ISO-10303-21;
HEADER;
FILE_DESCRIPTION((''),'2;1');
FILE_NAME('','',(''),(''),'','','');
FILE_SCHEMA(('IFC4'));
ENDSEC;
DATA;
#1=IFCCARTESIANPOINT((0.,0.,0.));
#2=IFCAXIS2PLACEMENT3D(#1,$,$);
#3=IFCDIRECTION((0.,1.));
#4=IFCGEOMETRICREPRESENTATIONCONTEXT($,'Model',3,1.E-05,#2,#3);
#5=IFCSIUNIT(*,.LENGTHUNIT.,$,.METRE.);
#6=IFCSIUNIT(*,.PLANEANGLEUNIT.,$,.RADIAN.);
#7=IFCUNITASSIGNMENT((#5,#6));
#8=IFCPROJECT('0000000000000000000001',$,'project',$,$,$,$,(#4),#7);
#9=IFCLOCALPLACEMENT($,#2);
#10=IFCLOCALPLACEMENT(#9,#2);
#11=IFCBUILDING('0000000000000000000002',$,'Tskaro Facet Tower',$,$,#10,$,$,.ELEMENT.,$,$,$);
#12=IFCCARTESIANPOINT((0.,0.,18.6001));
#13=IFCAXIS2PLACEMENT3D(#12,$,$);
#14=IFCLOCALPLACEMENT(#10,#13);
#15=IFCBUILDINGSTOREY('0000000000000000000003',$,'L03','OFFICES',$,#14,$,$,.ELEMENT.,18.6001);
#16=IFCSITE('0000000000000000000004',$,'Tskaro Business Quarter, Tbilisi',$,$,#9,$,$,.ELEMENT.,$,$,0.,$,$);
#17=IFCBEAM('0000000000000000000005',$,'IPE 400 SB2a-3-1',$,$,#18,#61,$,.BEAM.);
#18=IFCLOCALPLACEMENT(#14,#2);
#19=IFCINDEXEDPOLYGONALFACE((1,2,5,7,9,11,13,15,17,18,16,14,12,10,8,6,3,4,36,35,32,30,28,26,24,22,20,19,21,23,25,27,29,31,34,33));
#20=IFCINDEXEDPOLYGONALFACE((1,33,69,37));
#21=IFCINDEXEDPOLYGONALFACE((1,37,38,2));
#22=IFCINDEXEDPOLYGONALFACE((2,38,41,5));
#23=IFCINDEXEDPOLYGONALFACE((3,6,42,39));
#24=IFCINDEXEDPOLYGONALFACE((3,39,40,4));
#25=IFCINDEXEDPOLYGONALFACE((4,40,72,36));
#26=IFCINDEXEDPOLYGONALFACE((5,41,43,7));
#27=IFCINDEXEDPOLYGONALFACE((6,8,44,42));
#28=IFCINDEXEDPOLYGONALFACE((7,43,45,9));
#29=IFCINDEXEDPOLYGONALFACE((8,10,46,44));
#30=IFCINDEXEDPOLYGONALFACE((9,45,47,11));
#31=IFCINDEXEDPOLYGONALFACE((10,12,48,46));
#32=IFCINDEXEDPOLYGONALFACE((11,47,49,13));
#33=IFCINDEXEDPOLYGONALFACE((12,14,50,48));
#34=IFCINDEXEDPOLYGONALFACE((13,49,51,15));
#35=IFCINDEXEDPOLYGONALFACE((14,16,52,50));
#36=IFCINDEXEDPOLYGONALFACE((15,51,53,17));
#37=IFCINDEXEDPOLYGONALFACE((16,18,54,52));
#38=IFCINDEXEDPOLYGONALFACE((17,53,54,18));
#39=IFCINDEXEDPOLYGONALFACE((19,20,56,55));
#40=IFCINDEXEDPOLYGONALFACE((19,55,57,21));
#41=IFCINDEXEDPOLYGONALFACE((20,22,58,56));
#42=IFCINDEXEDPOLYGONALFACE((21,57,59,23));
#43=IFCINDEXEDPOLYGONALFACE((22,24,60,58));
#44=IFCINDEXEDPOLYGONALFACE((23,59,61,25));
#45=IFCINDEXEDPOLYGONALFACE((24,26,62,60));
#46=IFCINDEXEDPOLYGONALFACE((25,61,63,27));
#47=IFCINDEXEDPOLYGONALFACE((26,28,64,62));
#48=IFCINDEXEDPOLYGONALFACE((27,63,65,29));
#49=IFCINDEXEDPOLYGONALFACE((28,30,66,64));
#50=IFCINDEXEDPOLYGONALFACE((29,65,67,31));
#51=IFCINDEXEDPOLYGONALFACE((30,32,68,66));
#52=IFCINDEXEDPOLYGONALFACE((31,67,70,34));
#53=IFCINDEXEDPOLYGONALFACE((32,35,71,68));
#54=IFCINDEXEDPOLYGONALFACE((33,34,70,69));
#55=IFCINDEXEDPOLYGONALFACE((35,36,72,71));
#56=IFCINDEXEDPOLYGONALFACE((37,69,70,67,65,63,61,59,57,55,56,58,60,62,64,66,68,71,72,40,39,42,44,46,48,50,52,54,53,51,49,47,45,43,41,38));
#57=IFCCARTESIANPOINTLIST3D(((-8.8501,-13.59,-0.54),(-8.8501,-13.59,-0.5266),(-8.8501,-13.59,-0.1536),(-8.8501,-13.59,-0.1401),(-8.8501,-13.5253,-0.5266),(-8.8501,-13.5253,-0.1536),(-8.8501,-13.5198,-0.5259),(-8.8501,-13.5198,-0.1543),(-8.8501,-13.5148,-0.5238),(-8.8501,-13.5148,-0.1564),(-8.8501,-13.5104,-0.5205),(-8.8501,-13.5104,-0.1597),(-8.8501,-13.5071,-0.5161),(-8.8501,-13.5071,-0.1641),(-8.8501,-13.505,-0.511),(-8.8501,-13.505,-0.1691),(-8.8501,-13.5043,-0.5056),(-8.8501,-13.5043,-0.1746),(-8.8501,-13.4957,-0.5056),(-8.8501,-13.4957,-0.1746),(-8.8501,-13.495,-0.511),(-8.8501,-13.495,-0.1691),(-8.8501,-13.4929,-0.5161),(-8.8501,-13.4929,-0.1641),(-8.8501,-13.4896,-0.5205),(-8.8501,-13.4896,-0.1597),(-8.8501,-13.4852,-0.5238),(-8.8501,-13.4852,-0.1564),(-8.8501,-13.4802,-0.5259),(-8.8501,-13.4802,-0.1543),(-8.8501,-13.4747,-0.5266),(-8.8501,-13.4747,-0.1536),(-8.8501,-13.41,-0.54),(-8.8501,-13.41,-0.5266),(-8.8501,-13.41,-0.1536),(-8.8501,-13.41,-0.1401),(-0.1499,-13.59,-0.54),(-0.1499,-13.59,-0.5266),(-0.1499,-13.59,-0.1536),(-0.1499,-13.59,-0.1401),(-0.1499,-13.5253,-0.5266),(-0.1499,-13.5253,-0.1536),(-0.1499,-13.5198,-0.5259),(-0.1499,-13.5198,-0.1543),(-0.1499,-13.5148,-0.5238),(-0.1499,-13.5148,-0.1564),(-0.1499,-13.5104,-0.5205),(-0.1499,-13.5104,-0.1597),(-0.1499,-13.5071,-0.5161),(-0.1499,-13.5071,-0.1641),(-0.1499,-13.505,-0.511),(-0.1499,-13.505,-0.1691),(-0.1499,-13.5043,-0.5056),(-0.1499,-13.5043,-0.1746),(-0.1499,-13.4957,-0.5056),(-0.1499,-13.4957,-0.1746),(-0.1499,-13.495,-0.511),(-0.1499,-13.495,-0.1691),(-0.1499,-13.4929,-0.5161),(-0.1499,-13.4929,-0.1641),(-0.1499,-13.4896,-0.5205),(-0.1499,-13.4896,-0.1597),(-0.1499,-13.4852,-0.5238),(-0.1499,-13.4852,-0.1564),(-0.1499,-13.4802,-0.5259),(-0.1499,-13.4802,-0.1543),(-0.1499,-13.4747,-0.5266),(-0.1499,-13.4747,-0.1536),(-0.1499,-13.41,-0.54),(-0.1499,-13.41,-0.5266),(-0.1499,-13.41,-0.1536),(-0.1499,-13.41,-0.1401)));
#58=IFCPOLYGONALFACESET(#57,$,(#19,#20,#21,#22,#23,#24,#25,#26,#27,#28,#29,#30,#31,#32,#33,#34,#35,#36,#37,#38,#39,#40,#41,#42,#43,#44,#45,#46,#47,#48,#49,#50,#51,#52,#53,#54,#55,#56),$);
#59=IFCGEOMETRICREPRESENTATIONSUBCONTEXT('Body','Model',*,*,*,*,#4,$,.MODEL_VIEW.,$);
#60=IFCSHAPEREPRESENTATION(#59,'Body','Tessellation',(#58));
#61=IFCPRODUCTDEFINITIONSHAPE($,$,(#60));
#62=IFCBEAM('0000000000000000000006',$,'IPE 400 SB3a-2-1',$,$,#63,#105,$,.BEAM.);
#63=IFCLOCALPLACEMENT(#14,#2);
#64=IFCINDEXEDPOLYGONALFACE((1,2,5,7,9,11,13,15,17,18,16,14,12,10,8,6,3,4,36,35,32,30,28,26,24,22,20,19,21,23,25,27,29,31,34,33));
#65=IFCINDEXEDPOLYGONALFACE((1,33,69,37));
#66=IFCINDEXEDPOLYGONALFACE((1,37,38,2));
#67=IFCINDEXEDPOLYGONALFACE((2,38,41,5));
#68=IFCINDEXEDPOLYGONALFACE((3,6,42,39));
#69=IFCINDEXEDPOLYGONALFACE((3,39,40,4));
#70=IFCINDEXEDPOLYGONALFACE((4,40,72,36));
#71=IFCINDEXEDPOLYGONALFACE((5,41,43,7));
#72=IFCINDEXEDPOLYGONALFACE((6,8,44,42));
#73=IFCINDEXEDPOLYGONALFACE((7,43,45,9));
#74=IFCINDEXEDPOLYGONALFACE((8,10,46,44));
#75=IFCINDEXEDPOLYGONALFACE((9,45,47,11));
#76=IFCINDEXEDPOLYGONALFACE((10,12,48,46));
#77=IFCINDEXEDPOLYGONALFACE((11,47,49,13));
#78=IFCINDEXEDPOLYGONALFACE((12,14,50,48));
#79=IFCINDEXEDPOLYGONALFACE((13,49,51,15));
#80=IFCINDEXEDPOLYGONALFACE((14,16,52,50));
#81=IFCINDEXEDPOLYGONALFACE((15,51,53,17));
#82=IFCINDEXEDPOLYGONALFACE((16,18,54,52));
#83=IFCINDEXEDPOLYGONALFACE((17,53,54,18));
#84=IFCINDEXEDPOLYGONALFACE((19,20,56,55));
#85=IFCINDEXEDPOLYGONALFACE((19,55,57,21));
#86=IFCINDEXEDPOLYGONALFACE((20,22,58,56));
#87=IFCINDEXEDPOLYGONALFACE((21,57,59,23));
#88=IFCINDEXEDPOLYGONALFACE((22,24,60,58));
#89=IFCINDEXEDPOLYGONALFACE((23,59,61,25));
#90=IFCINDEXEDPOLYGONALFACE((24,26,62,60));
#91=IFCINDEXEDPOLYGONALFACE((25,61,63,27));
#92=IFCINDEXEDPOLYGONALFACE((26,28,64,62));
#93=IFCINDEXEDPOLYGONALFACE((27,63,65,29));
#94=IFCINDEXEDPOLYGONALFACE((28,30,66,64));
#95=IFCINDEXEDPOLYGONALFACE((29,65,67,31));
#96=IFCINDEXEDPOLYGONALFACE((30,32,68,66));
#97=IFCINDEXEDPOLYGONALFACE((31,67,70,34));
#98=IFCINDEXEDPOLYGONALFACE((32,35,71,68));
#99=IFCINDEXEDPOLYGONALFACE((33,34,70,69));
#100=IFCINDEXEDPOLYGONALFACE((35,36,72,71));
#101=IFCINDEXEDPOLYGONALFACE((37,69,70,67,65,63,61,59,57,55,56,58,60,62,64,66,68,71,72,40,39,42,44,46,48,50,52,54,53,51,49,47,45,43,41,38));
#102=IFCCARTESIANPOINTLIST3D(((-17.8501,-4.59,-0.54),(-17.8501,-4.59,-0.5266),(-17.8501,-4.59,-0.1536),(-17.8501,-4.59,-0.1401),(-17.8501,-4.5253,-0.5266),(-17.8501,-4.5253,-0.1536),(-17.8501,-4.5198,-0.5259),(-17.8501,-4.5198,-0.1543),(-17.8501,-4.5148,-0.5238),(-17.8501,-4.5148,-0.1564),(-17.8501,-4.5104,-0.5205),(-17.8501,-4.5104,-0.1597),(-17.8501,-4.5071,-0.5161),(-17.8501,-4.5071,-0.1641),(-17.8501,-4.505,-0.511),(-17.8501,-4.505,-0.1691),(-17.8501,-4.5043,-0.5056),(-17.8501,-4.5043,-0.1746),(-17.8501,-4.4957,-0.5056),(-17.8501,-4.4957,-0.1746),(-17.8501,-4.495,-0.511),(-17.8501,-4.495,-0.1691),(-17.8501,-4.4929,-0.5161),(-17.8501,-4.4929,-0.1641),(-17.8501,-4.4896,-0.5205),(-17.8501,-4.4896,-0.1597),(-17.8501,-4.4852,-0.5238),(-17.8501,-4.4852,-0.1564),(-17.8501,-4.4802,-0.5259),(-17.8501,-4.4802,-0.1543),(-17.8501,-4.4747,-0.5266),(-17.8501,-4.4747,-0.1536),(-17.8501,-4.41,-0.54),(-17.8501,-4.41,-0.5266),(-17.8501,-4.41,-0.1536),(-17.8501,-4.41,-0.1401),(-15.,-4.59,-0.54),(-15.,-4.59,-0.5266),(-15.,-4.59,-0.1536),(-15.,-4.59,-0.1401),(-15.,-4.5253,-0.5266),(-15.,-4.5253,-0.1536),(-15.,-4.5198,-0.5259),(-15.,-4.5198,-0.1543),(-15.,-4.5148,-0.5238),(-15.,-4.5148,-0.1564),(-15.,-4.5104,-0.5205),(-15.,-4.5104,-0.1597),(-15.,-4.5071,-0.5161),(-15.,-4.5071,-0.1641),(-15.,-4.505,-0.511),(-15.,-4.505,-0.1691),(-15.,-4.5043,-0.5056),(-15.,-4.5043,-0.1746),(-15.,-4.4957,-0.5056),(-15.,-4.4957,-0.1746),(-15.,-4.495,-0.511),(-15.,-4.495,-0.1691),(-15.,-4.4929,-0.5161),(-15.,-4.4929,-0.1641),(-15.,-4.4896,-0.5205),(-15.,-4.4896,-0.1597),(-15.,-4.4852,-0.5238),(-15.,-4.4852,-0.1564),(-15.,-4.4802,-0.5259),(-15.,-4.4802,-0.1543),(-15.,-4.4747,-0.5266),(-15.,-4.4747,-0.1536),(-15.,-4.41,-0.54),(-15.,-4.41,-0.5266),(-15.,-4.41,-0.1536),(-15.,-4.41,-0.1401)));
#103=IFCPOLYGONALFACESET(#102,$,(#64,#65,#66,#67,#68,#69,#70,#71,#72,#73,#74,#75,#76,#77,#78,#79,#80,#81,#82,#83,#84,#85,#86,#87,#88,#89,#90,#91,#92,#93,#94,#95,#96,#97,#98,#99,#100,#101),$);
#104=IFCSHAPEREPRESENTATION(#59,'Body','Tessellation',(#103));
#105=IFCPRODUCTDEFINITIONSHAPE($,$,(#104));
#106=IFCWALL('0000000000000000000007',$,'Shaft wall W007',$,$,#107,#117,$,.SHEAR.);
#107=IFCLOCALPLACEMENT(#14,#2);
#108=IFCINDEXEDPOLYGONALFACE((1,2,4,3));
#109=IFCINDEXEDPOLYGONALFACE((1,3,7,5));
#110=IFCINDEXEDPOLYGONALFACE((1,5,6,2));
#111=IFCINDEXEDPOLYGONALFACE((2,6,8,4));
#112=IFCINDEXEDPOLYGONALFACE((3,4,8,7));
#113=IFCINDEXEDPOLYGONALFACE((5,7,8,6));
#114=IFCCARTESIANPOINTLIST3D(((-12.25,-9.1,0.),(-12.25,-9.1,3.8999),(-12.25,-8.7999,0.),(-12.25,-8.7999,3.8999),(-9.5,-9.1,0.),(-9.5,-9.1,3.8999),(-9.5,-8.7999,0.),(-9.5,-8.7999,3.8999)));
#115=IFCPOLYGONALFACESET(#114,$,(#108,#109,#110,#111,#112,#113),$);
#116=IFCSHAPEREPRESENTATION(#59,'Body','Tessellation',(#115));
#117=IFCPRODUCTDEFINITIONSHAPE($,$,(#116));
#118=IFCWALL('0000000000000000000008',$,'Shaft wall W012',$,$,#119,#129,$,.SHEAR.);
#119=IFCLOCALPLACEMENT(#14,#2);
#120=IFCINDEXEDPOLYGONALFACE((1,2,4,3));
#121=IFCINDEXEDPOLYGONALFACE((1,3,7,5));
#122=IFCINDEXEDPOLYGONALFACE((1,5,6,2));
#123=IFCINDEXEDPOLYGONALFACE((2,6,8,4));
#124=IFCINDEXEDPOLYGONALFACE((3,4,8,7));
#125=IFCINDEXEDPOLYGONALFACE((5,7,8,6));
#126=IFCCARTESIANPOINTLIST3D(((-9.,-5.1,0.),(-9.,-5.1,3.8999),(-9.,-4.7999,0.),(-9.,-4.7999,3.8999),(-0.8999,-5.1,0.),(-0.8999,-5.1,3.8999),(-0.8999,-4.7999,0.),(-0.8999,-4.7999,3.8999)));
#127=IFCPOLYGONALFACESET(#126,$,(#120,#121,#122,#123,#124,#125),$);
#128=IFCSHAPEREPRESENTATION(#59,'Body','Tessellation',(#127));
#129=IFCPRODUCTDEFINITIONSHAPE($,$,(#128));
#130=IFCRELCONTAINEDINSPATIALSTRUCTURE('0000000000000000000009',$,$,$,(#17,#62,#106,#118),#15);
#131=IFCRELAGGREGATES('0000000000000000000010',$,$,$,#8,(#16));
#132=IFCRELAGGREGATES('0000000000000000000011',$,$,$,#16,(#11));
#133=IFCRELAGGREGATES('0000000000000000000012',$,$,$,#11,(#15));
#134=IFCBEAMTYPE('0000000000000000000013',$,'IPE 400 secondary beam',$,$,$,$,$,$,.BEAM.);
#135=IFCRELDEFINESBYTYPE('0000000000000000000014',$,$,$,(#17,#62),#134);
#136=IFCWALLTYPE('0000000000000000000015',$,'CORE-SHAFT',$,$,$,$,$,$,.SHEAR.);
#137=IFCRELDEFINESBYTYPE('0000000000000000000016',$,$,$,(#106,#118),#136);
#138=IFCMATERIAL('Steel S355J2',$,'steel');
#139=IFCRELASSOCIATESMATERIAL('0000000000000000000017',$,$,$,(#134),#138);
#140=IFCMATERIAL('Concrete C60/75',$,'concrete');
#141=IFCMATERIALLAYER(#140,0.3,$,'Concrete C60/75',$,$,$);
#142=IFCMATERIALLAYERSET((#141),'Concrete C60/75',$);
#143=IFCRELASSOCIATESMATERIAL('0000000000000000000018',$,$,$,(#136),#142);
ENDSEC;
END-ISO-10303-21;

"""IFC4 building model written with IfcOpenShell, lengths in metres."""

from ifc_helpers import new_model, si_unit, direction, frame, frame_2d, origin, origin_2d, place, context, subcontext, project, spatial, rectangle, i_section, extrude, material, layer, layer_set, material_profile, profile_set, type_object, element, save


model = new_model("IFC4")

# Units and contexts
model_context = context("Model", 3, precision=1e-05, world=origin(), true_north=direction((0.0, 1.0)))
body_context = subcontext(model_context, "Body", "Model", "MODEL_VIEW")
ifc_project = project(units=[si_unit("LENGTHUNIT", "METRE"), si_unit("PLANEANGLEUNIT", "RADIAN")], contexts=[model_context])

# Site, building, storey
site_placement = place(None, origin())
site = spatial("IfcSite", under=ifc_project, at=site_placement, Name="Tskaro Business Quarter, Tbilisi", CompositionType="ELEMENT", RefElevation=0.0)
building_placement = place(site_placement, origin())
building = spatial("IfcBuilding", under=site, at=building_placement, Name="Tskaro Facet Tower", CompositionType="ELEMENT")
storey_placement = place(building_placement, frame((0.0, 0.0, 18.6001)))
storey = spatial("IfcBuildingStorey", under=building, at=storey_placement, Name="L03", Description="OFFICES", CompositionType="ELEMENT", Elevation=18.6001)

# Beams
ifc_material_1 = material(Name="Steel S355J2", Category="steel")
ifc_material_profile_1 = material_profile(ifc_material_1, i_section(OverallWidth=0.1799, OverallDepth=0.3999, WebThickness=0.0085, FlangeThickness=0.0134, FilletRadius=0.021, at=origin_2d()), Name="IPE 400")
ifc_profile_set_1 = profile_set([ifc_material_profile_1], Name="Steel S355J2")
beam_type_1 = type_object("IfcBeamType", Name="IPE 400 secondary beam", PredefinedType="BEAM", material=ifc_profile_set_1)
for number, where, z_axis, x_axis, name in (
    (1, (-8.8501, -13.5, -0.3401), (1.0, 0.0, 0.0), (0.0, 1.0, 0.0), "IPE 400 SB2a-3-1"),
):
    element("IfcBeam", number, at=place(storey_placement, frame(where, z_axis=z_axis, x_axis=x_axis)), inside=storey, type_object=beam_type_1, Name=name, PredefinedType="BEAM", context=body_context, shape_type="SweptSolid", body=[
        extrude(i_section(OverallWidth=0.1799, OverallDepth=0.3999, WebThickness=0.0085, FlangeThickness=0.0134, FilletRadius=0.021, at=origin_2d()), origin(), (0.0, 0.0, 1.0), 8.7002),
    ])
beam_1_placement = place(storey_placement, frame((-17.8501, -4.5, -0.3401), z_axis=(1.0, 0.0, 0.0), x_axis=(0.0, 1.0, 0.0)))
element("IfcBeam", 2, at=beam_1_placement, inside=storey, type_object=beam_type_1, Name="IPE 400 SB3a-2-1", PredefinedType="BEAM", context=body_context, shape_type="SweptSolid", body=[
    extrude(i_section(OverallWidth=0.1799, OverallDepth=0.3999, WebThickness=0.0085, FlangeThickness=0.0134, FilletRadius=0.021, at=origin_2d()), origin(), (0.0, 0.0, 1.0), 2.8501),
])

# Walls
ifc_material_2 = material(Name="Concrete C60/75", Category="concrete")
ifc_layer_1 = layer(ifc_material_2, 0.3, Name="Concrete C60/75")
ifc_layer_set_1 = layer_set([ifc_layer_1], Name="Concrete C60/75")
wall_type_1 = type_object("IfcWallType", Name="CORE-SHAFT", PredefinedType="SHEAR", material=ifc_layer_set_1)
wall_1_placement = place(storey_placement, frame((-12.25, -8.95, 0.0), z_axis=(0.0, 0.0, 1.0), x_axis=(1.0, 0.0, 0.0)))
element("IfcWall", 3, at=wall_1_placement, inside=storey, type_object=wall_type_1, Name="Shaft wall W007", PredefinedType="SHEAR", context=body_context, shape_type="SweptSolid", body=[
    extrude(rectangle(XDim=2.75, YDim=0.3, at=frame_2d((1.375, 0.0))), origin(), (0.0, 0.0, 1.0), 3.8999),
])
wall_2_placement = place(storey_placement, frame((-9.0, -4.95, 0.0), z_axis=(0.0, 0.0, 1.0), x_axis=(1.0, 0.0, 0.0)))
element("IfcWall", 4, at=wall_2_placement, inside=storey, type_object=wall_type_1, Name="Shaft wall W012", PredefinedType="SHEAR", context=body_context, shape_type="SweptSolid", body=[
    extrude(rectangle(XDim=8.1001, YDim=0.3, at=frame_2d((4.05, 0.0))), origin(), (0.0, 0.0, 1.0), 3.8999),
])

save(model, "model.ifc")
